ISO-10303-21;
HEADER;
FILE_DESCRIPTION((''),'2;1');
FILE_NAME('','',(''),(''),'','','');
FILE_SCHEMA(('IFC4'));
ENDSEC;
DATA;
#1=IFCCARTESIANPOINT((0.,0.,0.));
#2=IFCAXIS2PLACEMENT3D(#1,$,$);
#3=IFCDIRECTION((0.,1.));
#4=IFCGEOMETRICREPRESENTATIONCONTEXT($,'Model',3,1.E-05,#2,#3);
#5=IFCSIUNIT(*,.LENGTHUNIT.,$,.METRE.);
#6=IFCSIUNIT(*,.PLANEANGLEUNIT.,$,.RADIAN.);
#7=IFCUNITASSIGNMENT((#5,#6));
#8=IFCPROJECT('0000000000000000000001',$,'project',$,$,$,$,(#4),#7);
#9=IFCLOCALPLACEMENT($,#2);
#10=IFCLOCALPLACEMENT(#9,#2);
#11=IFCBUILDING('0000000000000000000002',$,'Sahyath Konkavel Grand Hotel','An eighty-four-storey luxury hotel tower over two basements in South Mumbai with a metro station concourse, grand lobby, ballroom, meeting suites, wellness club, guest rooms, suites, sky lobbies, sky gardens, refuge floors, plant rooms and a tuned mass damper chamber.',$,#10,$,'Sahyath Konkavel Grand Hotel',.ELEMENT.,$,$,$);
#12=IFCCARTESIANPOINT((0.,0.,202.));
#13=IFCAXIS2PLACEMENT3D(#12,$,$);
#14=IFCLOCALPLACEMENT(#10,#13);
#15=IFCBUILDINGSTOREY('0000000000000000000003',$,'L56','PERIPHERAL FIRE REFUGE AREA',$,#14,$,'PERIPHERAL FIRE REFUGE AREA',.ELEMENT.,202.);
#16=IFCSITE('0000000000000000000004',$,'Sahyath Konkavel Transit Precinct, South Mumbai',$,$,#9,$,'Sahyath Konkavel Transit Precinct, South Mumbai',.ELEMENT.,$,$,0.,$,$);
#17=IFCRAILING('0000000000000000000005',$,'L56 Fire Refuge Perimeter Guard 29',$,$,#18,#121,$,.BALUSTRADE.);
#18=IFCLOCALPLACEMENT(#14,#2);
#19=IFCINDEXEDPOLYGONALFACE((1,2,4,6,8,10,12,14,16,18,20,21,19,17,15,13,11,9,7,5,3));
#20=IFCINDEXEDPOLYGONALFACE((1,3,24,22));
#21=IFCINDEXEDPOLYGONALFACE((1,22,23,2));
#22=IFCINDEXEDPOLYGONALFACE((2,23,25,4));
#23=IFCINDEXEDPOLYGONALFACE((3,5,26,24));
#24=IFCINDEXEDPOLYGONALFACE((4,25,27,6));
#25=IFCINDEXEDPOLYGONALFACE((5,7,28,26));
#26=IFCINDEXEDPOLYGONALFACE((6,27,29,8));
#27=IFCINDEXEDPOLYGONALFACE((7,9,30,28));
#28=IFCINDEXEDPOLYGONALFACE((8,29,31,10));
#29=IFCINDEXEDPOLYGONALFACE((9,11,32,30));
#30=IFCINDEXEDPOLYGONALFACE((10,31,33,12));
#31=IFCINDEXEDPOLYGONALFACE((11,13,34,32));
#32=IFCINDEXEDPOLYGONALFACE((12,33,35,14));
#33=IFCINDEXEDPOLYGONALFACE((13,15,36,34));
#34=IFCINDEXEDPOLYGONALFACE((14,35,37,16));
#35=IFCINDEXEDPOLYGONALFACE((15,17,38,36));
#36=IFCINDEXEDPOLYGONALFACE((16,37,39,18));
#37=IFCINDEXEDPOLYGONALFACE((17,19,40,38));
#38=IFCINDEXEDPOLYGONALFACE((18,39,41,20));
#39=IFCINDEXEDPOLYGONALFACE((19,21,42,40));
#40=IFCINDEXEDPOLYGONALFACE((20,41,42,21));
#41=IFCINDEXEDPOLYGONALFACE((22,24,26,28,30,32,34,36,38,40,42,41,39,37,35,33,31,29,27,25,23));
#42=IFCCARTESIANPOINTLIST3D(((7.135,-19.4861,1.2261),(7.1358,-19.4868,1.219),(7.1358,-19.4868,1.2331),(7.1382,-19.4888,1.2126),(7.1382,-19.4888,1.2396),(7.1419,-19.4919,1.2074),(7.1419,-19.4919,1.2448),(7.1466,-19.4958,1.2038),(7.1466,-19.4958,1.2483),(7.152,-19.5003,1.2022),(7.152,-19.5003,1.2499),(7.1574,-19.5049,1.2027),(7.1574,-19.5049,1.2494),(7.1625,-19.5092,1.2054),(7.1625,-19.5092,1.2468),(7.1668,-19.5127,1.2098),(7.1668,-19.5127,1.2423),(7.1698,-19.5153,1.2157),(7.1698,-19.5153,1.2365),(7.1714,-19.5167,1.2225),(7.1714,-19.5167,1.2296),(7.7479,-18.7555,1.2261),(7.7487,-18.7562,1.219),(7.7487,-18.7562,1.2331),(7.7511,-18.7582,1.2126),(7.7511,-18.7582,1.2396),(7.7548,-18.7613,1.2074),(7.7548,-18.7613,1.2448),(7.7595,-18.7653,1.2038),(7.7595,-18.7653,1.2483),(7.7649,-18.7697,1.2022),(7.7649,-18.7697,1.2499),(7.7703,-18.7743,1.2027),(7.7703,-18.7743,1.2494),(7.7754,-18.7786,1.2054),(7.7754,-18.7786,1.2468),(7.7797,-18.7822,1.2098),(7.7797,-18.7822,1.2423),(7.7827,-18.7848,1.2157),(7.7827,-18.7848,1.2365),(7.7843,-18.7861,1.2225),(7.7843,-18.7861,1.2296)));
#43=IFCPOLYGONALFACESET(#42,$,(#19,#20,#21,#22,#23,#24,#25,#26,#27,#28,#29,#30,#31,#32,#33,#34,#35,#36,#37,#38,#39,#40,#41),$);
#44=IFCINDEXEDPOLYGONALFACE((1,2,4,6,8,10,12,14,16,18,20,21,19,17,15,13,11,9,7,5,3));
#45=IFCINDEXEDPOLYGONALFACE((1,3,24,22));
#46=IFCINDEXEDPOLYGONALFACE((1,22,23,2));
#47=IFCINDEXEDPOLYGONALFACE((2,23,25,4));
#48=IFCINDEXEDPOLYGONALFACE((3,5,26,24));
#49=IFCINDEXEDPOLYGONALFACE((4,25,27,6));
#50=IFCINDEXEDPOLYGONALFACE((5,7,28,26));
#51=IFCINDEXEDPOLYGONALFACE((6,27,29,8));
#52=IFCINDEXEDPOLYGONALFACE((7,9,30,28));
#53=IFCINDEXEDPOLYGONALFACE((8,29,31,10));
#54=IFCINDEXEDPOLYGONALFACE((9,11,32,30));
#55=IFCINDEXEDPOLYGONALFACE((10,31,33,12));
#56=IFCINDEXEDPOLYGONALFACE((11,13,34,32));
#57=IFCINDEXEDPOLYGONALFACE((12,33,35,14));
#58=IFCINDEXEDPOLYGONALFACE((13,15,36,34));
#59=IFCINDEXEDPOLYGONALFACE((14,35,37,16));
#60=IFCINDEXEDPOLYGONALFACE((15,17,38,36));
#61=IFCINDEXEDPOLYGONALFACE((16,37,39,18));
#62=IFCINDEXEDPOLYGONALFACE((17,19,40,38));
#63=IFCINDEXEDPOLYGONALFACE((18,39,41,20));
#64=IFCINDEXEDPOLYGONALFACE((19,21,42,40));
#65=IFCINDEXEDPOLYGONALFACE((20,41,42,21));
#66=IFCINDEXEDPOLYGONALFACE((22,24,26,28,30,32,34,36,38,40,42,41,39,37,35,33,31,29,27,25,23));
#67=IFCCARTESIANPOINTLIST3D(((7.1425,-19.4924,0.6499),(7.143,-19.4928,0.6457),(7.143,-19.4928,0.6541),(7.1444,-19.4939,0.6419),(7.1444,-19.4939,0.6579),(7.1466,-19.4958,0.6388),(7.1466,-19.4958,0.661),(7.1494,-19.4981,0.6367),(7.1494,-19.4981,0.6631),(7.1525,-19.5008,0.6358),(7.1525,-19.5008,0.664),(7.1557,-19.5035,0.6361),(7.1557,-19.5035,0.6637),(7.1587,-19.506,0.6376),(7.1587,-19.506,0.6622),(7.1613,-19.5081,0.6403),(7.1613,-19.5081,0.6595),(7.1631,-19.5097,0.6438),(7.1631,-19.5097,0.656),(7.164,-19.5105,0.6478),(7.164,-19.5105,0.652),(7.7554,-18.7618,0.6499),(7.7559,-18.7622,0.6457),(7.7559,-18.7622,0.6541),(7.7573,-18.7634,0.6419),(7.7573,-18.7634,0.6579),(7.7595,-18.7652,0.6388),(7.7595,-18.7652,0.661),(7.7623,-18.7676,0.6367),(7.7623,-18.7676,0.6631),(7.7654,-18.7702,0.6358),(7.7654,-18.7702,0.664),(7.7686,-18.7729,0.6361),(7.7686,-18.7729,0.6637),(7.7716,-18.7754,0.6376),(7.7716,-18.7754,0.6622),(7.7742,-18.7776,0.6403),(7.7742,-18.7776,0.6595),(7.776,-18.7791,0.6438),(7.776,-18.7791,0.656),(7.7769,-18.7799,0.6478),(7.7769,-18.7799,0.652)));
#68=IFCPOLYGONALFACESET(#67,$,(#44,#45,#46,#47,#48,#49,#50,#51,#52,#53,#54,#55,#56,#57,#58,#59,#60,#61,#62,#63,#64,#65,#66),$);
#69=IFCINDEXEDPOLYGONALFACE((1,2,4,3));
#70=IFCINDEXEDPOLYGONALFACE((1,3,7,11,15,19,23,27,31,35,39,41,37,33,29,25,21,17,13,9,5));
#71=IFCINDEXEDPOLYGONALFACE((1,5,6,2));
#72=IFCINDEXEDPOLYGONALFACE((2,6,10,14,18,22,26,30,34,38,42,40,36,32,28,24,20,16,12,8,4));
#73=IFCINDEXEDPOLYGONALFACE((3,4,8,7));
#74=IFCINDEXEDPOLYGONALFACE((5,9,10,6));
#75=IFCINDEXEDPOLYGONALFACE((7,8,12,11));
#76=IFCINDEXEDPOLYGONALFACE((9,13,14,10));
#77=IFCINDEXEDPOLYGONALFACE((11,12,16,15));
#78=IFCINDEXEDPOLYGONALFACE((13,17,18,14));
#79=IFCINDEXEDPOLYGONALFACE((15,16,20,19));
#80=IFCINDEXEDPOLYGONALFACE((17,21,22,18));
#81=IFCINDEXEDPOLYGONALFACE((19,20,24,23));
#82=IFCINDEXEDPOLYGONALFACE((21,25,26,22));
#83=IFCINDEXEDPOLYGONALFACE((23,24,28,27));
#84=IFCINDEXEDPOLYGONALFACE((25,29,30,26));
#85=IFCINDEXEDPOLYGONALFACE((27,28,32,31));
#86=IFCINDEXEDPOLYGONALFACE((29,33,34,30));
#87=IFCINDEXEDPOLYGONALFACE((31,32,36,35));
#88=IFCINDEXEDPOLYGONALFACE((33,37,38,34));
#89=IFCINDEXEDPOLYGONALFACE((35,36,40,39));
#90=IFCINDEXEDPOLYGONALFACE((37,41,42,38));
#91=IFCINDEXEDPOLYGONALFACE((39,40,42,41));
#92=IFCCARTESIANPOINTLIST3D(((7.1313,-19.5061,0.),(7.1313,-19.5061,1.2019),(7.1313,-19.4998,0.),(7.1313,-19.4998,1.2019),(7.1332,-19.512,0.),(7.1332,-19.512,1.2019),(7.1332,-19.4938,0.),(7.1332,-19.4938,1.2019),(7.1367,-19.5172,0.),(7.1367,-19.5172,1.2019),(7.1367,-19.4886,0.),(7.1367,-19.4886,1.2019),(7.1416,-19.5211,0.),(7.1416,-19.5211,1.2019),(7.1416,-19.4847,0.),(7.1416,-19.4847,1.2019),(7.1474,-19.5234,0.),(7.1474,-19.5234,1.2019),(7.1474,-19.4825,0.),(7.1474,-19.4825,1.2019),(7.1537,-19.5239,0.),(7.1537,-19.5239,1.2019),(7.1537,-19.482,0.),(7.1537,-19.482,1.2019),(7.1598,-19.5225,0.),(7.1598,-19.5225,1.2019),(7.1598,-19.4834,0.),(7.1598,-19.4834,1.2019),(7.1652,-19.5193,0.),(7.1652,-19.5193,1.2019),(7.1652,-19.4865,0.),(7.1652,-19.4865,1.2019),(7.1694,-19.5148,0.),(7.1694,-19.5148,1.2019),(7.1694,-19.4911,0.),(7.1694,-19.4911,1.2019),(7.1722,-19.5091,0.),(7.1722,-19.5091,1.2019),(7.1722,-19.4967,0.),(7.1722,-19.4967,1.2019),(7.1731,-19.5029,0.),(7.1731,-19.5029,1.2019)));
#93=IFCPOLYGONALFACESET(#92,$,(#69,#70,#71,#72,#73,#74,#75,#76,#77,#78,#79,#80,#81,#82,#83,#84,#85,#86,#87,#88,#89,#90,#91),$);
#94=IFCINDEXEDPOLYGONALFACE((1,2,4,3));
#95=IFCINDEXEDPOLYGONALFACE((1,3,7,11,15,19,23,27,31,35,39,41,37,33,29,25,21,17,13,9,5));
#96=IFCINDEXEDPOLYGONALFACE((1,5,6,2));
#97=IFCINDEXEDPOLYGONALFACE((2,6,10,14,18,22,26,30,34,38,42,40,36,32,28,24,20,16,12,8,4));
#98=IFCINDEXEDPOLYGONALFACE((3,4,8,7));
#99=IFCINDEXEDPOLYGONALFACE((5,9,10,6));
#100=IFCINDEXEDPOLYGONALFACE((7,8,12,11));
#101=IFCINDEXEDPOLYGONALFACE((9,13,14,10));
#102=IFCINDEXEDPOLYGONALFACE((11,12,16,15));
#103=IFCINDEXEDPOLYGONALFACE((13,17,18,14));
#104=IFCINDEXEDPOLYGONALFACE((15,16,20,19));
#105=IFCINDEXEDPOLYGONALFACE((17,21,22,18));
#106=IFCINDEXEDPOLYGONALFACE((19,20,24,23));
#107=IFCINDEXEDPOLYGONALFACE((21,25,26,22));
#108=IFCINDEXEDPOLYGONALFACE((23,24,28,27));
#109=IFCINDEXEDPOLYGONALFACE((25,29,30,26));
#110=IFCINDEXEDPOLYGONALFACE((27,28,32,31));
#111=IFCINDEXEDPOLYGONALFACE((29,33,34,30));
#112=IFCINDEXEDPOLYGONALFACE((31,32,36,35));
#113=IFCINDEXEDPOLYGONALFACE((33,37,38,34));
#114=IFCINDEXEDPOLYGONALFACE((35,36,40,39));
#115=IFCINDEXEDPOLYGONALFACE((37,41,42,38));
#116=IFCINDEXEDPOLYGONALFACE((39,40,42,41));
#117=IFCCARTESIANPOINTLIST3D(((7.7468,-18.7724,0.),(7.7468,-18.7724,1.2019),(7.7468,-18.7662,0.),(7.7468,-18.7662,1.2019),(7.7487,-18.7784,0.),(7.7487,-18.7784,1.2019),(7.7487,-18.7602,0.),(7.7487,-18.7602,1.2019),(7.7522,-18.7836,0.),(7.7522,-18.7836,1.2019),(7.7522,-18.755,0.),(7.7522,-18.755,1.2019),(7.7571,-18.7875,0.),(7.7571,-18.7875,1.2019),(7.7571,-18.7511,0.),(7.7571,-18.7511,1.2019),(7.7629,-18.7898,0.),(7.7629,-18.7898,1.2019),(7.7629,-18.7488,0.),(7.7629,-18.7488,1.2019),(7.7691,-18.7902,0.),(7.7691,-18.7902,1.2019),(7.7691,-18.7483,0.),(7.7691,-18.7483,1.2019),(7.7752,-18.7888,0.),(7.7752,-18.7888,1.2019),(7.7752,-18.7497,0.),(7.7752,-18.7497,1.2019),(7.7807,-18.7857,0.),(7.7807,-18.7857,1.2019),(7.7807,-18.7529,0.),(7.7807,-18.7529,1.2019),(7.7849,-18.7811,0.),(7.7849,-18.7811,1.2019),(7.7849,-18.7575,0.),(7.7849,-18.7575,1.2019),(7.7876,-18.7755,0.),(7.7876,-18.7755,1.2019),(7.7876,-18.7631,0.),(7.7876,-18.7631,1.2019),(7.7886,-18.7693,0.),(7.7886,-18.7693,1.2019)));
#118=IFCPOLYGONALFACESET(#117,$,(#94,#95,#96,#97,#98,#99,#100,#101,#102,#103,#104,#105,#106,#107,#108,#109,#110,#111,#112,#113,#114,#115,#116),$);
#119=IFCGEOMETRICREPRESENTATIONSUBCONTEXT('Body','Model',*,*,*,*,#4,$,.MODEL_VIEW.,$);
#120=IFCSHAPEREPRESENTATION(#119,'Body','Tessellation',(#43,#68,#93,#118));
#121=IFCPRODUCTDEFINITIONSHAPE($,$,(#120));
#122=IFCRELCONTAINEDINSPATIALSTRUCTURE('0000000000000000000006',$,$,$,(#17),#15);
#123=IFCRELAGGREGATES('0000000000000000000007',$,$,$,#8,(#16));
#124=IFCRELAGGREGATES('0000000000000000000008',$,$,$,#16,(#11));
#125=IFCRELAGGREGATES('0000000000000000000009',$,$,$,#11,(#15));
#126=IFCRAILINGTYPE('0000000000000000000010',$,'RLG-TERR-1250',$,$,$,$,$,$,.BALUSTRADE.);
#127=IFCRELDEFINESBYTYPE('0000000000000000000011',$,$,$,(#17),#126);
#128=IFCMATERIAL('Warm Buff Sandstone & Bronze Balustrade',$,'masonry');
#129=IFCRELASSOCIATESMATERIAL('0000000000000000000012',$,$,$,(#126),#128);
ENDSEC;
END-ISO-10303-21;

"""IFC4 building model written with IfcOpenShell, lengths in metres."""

from ifc_helpers import new_model, si_unit, direction, frame, origin, origin_2d, place, context, subcontext, project, spatial, circle, extrude, material, type_object, element, save


model = new_model("IFC4")

# Units and contexts
model_context = context("Model", 3, precision=1e-05, world=origin(), true_north=direction((0.0, 1.0)))
body_context = subcontext(model_context, "Body", "Model", "MODEL_VIEW")
ifc_project = project(units=[si_unit("LENGTHUNIT", "METRE"), si_unit("PLANEANGLEUNIT", "RADIAN")], contexts=[model_context])

# Site, building, storey
site_placement = place(None, origin())
site = spatial("IfcSite", under=ifc_project, at=site_placement, Name="Sahyath Konkavel Transit Precinct, South Mumbai", LongName="Sahyath Konkavel Transit Precinct, South Mumbai", CompositionType="ELEMENT", RefElevation=0.0)
building_placement = place(site_placement, origin())
building = spatial("IfcBuilding", under=site, at=building_placement, Name="Sahyath Konkavel Grand Hotel", Description="An eighty-four-storey luxury hotel tower over two basements in South Mumbai with a metro station concourse, grand lobby, ballroom, meeting suites, wellness club, guest rooms, suites, sky lobbies, sky gardens, refuge floors, plant rooms and a tuned mass damper chamber.", LongName="Sahyath Konkavel Grand Hotel", CompositionType="ELEMENT")
storey_placement = place(building_placement, frame((0.0, 0.0, 202.0)))
storey = spatial("IfcBuildingStorey", under=building, at=storey_placement, Name="L56", Description="PERIPHERAL FIRE REFUGE AREA", LongName="PERIPHERAL FIRE REFUGE AREA", CompositionType="ELEMENT", Elevation=202.0)

# Railing
ifc_material_1 = material(Name="Warm Buff Sandstone & Bronze Balustrade", Category="masonry")
railing_type = type_object("IfcRailingType", Name="RLG-TERR-1250", PredefinedType="BALUSTRADE", material=ifc_material_1)
railing_1_placement = place(storey_placement, frame((7.1521, -19.5029, 0.0)))
element("IfcRailing", 1, at=railing_1_placement, inside=storey, type_object=railing_type, Name="L56 Fire Refuge Perimeter Guard 29", PredefinedType="BALUSTRADE", context=body_context, shape_type="SweptSolid", body=[
    extrude(circle(Radius=0.0239, at=origin_2d()), frame((0.0012, 0.0015, 1.2261), z_axis=(0.642714, 0.766107, 0.0), x_axis=(-0.766107, 0.642714, 0.0)), (0.0, 0.0, 1.0), 0.9536),
    extrude(circle(Radius=0.0142, at=origin_2d()), frame((0.0012, 0.0015, 0.6499), z_axis=(0.642714, 0.766107, 0.0), x_axis=(-0.766107, 0.642714, 0.0)), (0.0, 0.0, 1.0), 0.9536),
    extrude(circle(Radius=0.021, at=origin_2d()), origin(), (0.0, 0.0, 1.0), 1.2019),
    extrude(circle(Radius=0.021, at=origin_2d()), frame((0.6155, 0.7336, 0.0)), (0.0, 0.0, 1.0), 1.2019),
])

save(model, "model.ifc")
